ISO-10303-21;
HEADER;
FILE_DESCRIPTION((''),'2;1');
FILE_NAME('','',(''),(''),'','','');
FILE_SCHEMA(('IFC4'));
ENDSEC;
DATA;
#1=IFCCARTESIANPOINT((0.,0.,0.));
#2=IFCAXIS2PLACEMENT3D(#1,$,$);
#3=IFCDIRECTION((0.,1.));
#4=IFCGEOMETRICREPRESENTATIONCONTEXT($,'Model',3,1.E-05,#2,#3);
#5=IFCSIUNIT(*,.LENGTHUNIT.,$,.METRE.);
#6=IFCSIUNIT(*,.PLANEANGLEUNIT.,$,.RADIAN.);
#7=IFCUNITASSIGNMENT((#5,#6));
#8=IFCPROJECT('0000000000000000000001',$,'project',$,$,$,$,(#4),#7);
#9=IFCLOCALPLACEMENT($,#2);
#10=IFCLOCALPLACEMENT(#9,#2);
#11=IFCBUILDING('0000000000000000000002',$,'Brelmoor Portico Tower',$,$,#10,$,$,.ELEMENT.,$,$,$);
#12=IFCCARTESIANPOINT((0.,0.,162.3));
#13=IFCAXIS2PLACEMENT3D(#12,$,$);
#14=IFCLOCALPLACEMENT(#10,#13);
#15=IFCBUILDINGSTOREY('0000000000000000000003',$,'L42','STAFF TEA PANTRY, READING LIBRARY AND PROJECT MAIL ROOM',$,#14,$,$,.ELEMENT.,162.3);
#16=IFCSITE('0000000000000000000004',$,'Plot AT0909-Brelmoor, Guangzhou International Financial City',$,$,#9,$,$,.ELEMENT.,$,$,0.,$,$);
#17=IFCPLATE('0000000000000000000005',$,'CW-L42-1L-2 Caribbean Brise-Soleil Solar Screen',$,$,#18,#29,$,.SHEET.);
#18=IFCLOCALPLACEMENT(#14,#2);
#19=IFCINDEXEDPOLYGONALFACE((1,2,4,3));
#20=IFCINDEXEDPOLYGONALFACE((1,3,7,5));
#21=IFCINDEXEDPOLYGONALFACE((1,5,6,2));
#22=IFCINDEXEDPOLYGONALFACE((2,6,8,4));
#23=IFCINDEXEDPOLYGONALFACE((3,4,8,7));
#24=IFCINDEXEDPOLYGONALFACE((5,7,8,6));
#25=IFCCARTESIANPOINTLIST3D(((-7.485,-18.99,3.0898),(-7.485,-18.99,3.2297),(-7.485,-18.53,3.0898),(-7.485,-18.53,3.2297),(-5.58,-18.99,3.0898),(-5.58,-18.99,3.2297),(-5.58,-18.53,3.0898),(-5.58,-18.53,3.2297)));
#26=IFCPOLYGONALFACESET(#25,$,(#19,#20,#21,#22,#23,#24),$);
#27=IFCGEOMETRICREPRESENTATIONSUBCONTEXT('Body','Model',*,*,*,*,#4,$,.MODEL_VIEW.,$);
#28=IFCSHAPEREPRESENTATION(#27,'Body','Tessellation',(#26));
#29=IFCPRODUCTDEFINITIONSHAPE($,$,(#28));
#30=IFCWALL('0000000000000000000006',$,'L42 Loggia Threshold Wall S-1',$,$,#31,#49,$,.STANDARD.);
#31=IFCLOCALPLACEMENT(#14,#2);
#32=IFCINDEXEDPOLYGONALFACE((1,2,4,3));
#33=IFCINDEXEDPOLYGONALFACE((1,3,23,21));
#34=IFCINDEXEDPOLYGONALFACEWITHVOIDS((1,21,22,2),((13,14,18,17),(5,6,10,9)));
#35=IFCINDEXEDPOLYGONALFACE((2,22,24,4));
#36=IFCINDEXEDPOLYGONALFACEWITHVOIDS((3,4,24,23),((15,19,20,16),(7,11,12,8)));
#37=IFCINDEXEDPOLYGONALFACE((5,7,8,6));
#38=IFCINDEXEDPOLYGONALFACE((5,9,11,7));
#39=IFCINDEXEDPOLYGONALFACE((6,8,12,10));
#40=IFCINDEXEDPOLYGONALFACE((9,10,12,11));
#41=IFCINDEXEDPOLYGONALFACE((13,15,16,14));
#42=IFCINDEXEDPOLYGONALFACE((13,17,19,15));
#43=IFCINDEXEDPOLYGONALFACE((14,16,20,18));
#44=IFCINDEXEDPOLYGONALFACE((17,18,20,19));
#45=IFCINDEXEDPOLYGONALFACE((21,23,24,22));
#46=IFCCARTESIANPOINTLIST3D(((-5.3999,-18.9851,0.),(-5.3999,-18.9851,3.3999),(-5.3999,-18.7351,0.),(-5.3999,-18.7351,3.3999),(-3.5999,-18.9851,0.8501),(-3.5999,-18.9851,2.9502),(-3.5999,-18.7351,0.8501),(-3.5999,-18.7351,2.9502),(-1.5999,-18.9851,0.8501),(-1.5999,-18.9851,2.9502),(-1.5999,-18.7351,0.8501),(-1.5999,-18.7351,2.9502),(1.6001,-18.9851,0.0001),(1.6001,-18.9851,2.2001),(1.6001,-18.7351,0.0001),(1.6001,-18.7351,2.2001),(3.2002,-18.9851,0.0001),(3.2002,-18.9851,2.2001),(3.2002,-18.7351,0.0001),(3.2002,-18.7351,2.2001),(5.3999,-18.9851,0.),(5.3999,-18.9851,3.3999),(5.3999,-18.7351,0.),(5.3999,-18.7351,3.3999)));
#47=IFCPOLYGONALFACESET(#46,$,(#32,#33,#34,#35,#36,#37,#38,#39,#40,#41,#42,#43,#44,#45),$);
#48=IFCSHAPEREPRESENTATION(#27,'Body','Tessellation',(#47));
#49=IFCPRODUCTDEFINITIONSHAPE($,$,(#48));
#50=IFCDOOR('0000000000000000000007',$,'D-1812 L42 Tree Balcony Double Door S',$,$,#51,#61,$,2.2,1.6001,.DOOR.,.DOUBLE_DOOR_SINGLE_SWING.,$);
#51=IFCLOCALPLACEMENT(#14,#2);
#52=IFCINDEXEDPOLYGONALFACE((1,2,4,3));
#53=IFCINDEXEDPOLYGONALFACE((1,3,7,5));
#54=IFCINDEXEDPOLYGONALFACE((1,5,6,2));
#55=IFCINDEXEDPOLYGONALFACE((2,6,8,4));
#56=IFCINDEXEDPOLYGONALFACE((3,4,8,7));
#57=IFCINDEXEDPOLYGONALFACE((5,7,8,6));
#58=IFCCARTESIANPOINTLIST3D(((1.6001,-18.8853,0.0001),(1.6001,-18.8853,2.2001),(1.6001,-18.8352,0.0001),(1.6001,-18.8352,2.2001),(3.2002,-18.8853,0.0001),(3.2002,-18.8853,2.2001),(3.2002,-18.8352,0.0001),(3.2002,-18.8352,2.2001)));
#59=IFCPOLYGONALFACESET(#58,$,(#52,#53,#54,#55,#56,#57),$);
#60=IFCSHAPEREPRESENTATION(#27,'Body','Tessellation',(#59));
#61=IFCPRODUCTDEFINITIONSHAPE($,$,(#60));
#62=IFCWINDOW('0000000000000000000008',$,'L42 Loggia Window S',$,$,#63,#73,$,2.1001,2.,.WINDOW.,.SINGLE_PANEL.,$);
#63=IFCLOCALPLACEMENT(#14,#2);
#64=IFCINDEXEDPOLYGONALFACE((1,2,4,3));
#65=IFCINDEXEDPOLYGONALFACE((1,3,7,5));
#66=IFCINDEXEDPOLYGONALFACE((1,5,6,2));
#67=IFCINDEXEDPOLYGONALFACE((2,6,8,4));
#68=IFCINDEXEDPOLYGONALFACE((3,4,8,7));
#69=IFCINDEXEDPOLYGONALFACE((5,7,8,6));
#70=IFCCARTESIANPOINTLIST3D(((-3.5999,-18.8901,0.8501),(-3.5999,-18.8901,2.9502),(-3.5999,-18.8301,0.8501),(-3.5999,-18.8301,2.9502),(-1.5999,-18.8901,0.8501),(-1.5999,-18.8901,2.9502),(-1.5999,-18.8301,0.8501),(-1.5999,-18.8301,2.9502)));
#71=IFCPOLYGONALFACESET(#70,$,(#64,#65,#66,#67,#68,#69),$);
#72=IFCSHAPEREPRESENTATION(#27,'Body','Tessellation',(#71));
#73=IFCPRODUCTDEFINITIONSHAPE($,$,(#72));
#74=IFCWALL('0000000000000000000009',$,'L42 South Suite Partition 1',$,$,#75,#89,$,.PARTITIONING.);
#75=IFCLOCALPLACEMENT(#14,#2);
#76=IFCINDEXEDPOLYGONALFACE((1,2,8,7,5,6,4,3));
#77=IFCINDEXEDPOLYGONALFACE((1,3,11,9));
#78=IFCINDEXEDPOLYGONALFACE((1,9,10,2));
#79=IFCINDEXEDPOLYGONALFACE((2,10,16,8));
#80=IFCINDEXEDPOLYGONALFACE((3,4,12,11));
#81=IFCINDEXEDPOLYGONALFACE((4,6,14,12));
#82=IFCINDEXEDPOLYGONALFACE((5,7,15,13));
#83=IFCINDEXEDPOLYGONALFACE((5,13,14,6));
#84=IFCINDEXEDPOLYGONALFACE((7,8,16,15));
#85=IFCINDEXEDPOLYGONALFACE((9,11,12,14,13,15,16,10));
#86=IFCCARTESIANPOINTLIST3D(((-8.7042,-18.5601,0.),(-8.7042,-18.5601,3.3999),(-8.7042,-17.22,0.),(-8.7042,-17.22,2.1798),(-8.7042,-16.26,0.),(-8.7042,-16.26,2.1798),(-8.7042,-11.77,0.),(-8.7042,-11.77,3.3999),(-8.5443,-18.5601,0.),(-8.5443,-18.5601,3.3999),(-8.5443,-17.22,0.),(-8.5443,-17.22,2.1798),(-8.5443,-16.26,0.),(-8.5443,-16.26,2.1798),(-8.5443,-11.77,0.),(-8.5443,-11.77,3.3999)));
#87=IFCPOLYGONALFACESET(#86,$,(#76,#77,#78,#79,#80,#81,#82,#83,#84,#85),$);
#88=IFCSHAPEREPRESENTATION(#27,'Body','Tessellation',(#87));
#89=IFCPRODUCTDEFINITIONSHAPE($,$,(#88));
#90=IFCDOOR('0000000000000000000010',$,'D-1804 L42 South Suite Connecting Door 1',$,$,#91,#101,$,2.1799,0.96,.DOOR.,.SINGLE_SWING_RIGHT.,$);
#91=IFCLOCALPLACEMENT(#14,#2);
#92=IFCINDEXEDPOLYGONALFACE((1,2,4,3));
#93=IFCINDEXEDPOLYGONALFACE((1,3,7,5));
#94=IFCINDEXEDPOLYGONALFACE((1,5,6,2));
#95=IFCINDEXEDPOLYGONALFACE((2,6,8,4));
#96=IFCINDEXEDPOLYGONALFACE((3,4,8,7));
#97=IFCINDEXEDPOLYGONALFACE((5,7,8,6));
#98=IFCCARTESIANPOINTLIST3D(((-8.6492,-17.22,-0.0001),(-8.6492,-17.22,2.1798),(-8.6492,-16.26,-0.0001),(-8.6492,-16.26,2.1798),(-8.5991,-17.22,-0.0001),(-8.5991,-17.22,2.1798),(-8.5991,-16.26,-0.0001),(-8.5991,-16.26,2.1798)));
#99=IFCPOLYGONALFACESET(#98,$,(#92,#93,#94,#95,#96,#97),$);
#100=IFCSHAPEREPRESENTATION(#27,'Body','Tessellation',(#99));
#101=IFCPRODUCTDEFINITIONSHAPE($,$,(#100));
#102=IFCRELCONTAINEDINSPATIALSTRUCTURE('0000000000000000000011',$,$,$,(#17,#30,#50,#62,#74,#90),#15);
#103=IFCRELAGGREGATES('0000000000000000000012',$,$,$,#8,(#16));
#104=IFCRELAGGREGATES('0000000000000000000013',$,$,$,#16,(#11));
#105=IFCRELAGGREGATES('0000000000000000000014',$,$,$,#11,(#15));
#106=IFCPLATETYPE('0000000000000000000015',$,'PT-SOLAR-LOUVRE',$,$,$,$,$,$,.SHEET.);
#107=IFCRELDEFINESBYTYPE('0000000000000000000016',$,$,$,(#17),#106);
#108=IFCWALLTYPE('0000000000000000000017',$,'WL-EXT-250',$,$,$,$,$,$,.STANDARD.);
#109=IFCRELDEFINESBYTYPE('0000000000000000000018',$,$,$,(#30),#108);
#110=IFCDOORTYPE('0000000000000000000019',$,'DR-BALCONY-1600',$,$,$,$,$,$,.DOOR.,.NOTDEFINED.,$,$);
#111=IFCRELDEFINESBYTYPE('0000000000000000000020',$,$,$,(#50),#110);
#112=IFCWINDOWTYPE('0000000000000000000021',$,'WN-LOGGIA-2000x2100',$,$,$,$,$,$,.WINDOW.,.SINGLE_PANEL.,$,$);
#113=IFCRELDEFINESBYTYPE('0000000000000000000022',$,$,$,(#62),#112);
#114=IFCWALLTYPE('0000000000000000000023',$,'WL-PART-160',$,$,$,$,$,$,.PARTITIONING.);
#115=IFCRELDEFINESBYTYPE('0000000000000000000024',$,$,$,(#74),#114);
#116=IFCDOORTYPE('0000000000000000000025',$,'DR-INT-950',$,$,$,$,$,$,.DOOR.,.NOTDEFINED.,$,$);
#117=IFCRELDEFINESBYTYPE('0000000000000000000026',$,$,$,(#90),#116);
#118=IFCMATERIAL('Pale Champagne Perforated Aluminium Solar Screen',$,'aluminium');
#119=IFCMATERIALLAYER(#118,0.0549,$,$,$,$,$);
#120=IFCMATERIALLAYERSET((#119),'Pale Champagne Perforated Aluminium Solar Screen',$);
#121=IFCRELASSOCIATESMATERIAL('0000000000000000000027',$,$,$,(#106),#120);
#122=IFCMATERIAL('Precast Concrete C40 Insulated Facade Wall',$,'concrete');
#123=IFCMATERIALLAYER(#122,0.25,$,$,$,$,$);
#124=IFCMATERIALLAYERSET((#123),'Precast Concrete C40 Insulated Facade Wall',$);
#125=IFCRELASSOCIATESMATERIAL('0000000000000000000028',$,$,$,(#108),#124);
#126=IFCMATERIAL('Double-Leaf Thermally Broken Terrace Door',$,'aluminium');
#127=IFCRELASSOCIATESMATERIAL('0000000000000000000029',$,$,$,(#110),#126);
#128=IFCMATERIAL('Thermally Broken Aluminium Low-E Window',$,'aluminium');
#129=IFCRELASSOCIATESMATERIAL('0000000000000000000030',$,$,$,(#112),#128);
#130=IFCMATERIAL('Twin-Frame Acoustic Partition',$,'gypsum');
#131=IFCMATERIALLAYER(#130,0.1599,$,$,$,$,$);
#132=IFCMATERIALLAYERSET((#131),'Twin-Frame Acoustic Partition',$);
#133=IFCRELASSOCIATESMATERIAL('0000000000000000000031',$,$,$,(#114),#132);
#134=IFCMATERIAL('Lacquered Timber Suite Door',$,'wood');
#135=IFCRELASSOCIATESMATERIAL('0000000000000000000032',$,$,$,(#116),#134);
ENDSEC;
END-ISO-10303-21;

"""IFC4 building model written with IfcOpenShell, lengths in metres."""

from ifc_helpers import new_model, si_unit, direction, frame, frame_2d, origin, origin_2d, place, context, subcontext, project, spatial, rectangle, extrude, material, layer, layer_set, type_object, element, fill, save


model = new_model("IFC4")

# Units and contexts
model_context = context("Model", 3, precision=1e-05, world=origin(), true_north=direction((0.0, 1.0)))
body_context = subcontext(model_context, "Body", "Model", "MODEL_VIEW")
ifc_project = project(units=[si_unit("LENGTHUNIT", "METRE"), si_unit("PLANEANGLEUNIT", "RADIAN")], contexts=[model_context])

# Site, building, storey
site_placement = place(None, origin())
site = spatial("IfcSite", under=ifc_project, at=site_placement, Name="Plot AT0909-Brelmoor, Guangzhou International Financial City", CompositionType="ELEMENT", RefElevation=0.0)
building_placement = place(site_placement, origin())
building = spatial("IfcBuilding", under=site, at=building_placement, Name="Brelmoor Portico Tower", CompositionType="ELEMENT")
storey_placement = place(building_placement, frame((0.0, 0.0, 162.3)))
storey = spatial("IfcBuildingStorey", under=building, at=storey_placement, Name="L42", Description="STAFF TEA PANTRY, READING LIBRARY AND PROJECT MAIL ROOM", CompositionType="ELEMENT", Elevation=162.3)

# Plate
ifc_material_1 = material(Name="Pale Champagne Perforated Aluminium Solar Screen", Category="aluminium")
ifc_layer_1 = layer(ifc_material_1, 0.0549)
ifc_layer_set_1 = layer_set([ifc_layer_1], Name="Pale Champagne Perforated Aluminium Solar Screen")
plate_type_1 = type_object("IfcPlateType", Name="PT-SOLAR-LOUVRE", PredefinedType="SHEET", material=ifc_layer_set_1)
plate_1_placement = place(storey_placement, frame((-6.5325, -18.76, 3.0898), z_axis=(0.0, 0.0, 1.0), x_axis=(1.0, 0.0, 0.0)))
element("IfcPlate", 1, at=plate_1_placement, inside=storey, type_object=plate_type_1, Name="CW-L42-1L-2 Caribbean Brise-Soleil Solar Screen", PredefinedType="SHEET", context=body_context, shape_type="SweptSolid", body=[
    extrude(rectangle(XDim=1.905, YDim=0.46, at=origin_2d()), origin(), (0.0, 0.0, 1.0), 0.1399),
])

# Wall, openings, door, window
ifc_material_2 = material(Name="Precast Concrete C40 Insulated Facade Wall", Category="concrete")
ifc_layer_2 = layer(ifc_material_2, 0.25)
ifc_layer_set_2 = layer_set([ifc_layer_2], Name="Precast Concrete C40 Insulated Facade Wall")
wall_type_1 = type_object("IfcWallType", Name="WL-EXT-250", PredefinedType="STANDARD", material=ifc_layer_set_2)
wall_1_placement = place(storey_placement, frame((-5.3999, -18.8601, 0.0), z_axis=(0.0, 0.0, 1.0), x_axis=(1.0, 0.0, 0.0)))
wall_1 = element("IfcWall", 2, at=wall_1_placement, inside=storey, type_object=wall_type_1, Name="L42 Loggia Threshold Wall S-1", PredefinedType="STANDARD", context=body_context, shape_type="SweptSolid", body=[
    extrude(rectangle(XDim=10.7998, YDim=0.25, at=frame_2d((5.3999, 0.0))), origin(), (0.0, 0.0, 1.0), 3.3999),
])
opening_1_placement = place(wall_1_placement, frame((7.0, 0.0, 0.0)))
opening_1 = element("IfcOpeningElement", 3, at=opening_1_placement, cuts=wall_1, PredefinedType="OPENING", context=body_context, shape_type="SweptSolid", body=[
    extrude(rectangle(XDim=1.6001, YDim=2.2, at=frame_2d((0.8, 1.1001))), frame((0.0, 0.135, 0.0), z_axis=(0.0, -1.0, 0.0), x_axis=(1.0, 0.0, 0.0)), (0.0, 0.0, 1.0), 0.27),
])
opening_2_placement = place(wall_1_placement, frame((1.8, 0.0, 0.8501)))
opening_2 = element("IfcOpeningElement", 4, at=opening_2_placement, cuts=wall_1, PredefinedType="OPENING", context=body_context, shape_type="SweptSolid", body=[
    extrude(rectangle(XDim=2.0, YDim=2.1001, at=frame_2d((1.0, 1.05))), frame((0.0, 0.135, 0.0), z_axis=(0.0, -1.0, 0.0), x_axis=(1.0, 0.0, 0.0)), (0.0, 0.0, 1.0), 0.27),
])
ifc_material_3 = material(Name="Double-Leaf Thermally Broken Terrace Door", Category="aluminium")
door_type_1 = type_object("IfcDoorType", Name="DR-BALCONY-1600", OperationType="NOTDEFINED", PredefinedType="DOOR", material=ifc_material_3)
door_1_placement = place(opening_1_placement, origin())
door_1 = element("IfcDoor", 5, at=door_1_placement, inside=storey, type_object=door_type_1, Name="D-1812 L42 Tree Balcony Double Door S", OperationType="DOUBLE_DOOR_SINGLE_SWING", OverallHeight=2.2, OverallWidth=1.6001, PredefinedType="DOOR", context=body_context, shape_type="SweptSolid", body=[
    extrude(rectangle(XDim=1.6001, YDim=2.2, at=frame_2d((0.8, 1.1001))), frame((0.0, 0.0249, 0.0), z_axis=(0.0, -1.0, 0.0), x_axis=(1.0, 0.0, 0.0)), (0.0, 0.0, 1.0), 0.05),
])
fill(opening_1, door_1)
ifc_material_4 = material(Name="Thermally Broken Aluminium Low-E Window", Category="aluminium")
window_type = type_object("IfcWindowType", Name="WN-LOGGIA-2000x2100", PartitioningType="SINGLE_PANEL", PredefinedType="WINDOW", material=ifc_material_4)
window_placement = place(opening_2_placement, origin())
window = element("IfcWindow", 6, at=window_placement, inside=storey, type_object=window_type, Name="L42 Loggia Window S", OverallHeight=2.1001, OverallWidth=2.0, PartitioningType="SINGLE_PANEL", PredefinedType="WINDOW", context=body_context, shape_type="SweptSolid", body=[
    extrude(rectangle(XDim=2.0, YDim=2.1001, at=frame_2d((1.0, 1.05))), frame((0.0, 0.03, 0.0), z_axis=(0.0, -1.0, 0.0), x_axis=(1.0, 0.0, 0.0)), (0.0, 0.0, 1.0), 0.0601),
])
fill(opening_2, window)

# Wall, opening, door
ifc_material_5 = material(Name="Twin-Frame Acoustic Partition", Category="gypsum")
ifc_layer_3 = layer(ifc_material_5, 0.1599)
ifc_layer_set_3 = layer_set([ifc_layer_3], Name="Twin-Frame Acoustic Partition")
wall_type_2 = type_object("IfcWallType", Name="WL-PART-160", PredefinedType="PARTITIONING", material=ifc_layer_set_3)
wall_2_placement = place(storey_placement, frame((-8.6243, -18.5601, 0.0), z_axis=(0.0, 0.0, 1.0), x_axis=(0.0, 1.0, 0.0)))
wall_2 = element("IfcWall", 7, at=wall_2_placement, inside=storey, type_object=wall_type_2, Name="L42 South Suite Partition 1", PredefinedType="PARTITIONING", context=body_context, shape_type="SweptSolid", body=[
    extrude(rectangle(XDim=6.79, YDim=0.1599, at=frame_2d((3.395, 0.0))), origin(), (0.0, 0.0, 1.0), 3.3999),
])
opening_3_placement = place(wall_2_placement, frame((1.3401, 0.0, 0.0)))
opening_3 = element("IfcOpeningElement", 8, at=opening_3_placement, cuts=wall_2, PredefinedType="OPENING", context=body_context, shape_type="SweptSolid", body=[
    extrude(rectangle(XDim=0.96, YDim=2.1799, at=frame_2d((0.48, 1.0898))), frame((0.0, 0.0898, 0.0), z_axis=(0.0, -1.0, 0.0), x_axis=(1.0, 0.0, 0.0)), (0.0, 0.0, 1.0), 0.1799),
])
ifc_material_6 = material(Name="Lacquered Timber Suite Door", Category="wood")
door_type_2 = type_object("IfcDoorType", Name="DR-INT-950", OperationType="NOTDEFINED", PredefinedType="DOOR", material=ifc_material_6)
door_2_placement = place(opening_3_placement, origin())
door_2 = element("IfcDoor", 9, at=door_2_placement, inside=storey, type_object=door_type_2, Name="D-1804 L42 South Suite Connecting Door 1", OperationType="SINGLE_SWING_RIGHT", OverallHeight=2.1799, OverallWidth=0.96, PredefinedType="DOOR", context=body_context, shape_type="SweptSolid", body=[
    extrude(rectangle(XDim=0.96, YDim=2.1799, at=frame_2d((0.48, 1.0898))), frame((0.0, 0.0249, 0.0), z_axis=(0.0, -1.0, 0.0), x_axis=(1.0, 0.0, 0.0)), (0.0, 0.0, 1.0), 0.05),
])
fill(opening_3, door_2)

save(model, "model.ifc")
